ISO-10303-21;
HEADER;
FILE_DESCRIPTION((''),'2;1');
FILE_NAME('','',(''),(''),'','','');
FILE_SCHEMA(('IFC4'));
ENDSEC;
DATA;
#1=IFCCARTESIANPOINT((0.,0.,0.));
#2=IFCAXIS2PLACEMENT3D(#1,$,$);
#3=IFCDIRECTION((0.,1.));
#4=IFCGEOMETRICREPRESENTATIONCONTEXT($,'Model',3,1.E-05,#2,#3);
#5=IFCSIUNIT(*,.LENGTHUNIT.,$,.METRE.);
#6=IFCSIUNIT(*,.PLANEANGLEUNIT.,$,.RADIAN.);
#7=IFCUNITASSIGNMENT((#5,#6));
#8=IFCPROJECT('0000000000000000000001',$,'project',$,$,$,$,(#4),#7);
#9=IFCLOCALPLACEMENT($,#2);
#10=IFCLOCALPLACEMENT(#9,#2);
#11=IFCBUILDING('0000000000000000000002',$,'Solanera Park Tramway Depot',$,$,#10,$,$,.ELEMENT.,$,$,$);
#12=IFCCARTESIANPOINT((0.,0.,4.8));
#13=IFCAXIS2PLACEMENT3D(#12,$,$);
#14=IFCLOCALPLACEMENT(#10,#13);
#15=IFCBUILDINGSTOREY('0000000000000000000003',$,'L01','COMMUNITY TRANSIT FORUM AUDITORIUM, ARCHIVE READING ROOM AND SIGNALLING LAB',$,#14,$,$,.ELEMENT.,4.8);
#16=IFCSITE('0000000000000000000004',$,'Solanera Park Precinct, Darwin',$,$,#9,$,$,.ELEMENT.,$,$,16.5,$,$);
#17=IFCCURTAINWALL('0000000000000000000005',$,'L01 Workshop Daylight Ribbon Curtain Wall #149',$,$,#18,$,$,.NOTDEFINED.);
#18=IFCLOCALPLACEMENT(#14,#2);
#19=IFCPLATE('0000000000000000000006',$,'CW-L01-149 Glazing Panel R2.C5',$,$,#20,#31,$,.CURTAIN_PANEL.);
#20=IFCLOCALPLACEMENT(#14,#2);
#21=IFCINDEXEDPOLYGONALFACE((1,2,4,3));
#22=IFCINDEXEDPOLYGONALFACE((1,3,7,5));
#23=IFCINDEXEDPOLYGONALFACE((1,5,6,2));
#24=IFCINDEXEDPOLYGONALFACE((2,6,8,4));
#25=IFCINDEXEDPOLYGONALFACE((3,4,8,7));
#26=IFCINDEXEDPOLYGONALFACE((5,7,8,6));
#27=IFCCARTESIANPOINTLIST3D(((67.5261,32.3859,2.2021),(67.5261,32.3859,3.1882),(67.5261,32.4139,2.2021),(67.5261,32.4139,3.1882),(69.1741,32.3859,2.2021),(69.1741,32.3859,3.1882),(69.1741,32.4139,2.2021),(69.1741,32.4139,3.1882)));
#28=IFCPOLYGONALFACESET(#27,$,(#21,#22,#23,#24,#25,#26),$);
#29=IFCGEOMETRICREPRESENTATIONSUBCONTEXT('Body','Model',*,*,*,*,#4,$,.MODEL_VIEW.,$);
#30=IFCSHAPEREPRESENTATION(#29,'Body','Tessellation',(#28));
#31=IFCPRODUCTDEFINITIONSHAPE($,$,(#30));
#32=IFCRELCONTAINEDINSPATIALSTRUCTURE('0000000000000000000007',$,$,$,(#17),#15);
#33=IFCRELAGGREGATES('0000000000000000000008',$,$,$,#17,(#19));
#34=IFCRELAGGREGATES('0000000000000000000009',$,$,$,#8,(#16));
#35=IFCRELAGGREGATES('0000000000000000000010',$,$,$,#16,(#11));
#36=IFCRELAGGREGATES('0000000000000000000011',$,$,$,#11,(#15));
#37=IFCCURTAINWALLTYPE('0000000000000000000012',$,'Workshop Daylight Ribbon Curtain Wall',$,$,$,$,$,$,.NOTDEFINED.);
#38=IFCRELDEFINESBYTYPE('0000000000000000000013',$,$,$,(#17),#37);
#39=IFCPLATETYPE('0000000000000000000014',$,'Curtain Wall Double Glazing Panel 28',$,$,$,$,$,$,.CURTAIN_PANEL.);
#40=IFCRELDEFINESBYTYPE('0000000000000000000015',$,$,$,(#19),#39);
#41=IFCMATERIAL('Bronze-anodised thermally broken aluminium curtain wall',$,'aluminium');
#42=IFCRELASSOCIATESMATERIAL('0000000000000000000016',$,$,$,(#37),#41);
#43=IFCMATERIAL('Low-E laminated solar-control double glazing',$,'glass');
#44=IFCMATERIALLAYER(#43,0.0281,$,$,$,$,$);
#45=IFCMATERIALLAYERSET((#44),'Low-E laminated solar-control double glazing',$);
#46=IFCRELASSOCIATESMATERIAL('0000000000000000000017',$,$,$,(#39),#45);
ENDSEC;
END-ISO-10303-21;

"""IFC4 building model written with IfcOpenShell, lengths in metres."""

from ifc_helpers import new_model, si_unit, direction, frame, origin, origin_2d, place, context, subcontext, project, spatial, rectangle, extrude, material, layer, layer_set, type_object, element, aggregate, save


model = new_model("IFC4")

# Units and contexts
model_context = context("Model", 3, precision=1e-05, world=origin(), true_north=direction((0.0, 1.0)))
body_context = subcontext(model_context, "Body", "Model", "MODEL_VIEW")
ifc_project = project(units=[si_unit("LENGTHUNIT", "METRE"), si_unit("PLANEANGLEUNIT", "RADIAN")], contexts=[model_context])

# Site, building, storey
site_placement = place(None, origin())
site = spatial("IfcSite", under=ifc_project, at=site_placement, Name="Solanera Park Precinct, Darwin", CompositionType="ELEMENT", RefElevation=16.5)
building_placement = place(site_placement, origin())
building = spatial("IfcBuilding", under=site, at=building_placement, Name="Solanera Park Tramway Depot", CompositionType="ELEMENT")
storey_placement = place(building_placement, frame((0.0, 0.0, 4.8)))
storey = spatial("IfcBuildingStorey", under=building, at=storey_placement, Name="L01", Description="COMMUNITY TRANSIT FORUM AUDITORIUM, ARCHIVE READING ROOM AND SIGNALLING LAB", CompositionType="ELEMENT", Elevation=4.8)

# Curtain wall, plate
ifc_material_1 = material(Name="Bronze-anodised thermally broken aluminium curtain wall", Category="aluminium")
curtain_wall_type = type_object("IfcCurtainWallType", Name="Workshop Daylight Ribbon Curtain Wall", PredefinedType="NOTDEFINED", material=ifc_material_1)
curtain_wall_placement = place(storey_placement, origin())
curtain_wall = element("IfcCurtainWall", 1, at=curtain_wall_placement, inside=storey, type_object=curtain_wall_type, Name="L01 Workshop Daylight Ribbon Curtain Wall #149", PredefinedType="NOTDEFINED")
ifc_material_2 = material(Name="Low-E laminated solar-control double glazing", Category="glass")
ifc_layer = layer(ifc_material_2, 0.0281)
ifc_layer_set = layer_set([ifc_layer], Name="Low-E laminated solar-control double glazing")
plate_type = type_object("IfcPlateType", Name="Curtain Wall Double Glazing Panel 28", PredefinedType="CURTAIN_PANEL", material=ifc_layer_set)
plate_1_placement = place(storey_placement, frame((68.3501, 32.3999, 2.2021), z_axis=(0.0, 0.0, 1.0), x_axis=(1.0, 0.0, 0.0)))
plate_1 = element("IfcPlate", 2, at=plate_1_placement, type_object=plate_type, Name="CW-L01-149 Glazing Panel R2.C5", PredefinedType="CURTAIN_PANEL", context=body_context, shape_type="SweptSolid", body=[
    extrude(rectangle(XDim=1.6479, YDim=0.0281, at=origin_2d()), origin(), (0.0, 0.0, 1.0), 0.9861),
])
aggregate(curtain_wall, [plate_1])

save(model, "model.ifc")
